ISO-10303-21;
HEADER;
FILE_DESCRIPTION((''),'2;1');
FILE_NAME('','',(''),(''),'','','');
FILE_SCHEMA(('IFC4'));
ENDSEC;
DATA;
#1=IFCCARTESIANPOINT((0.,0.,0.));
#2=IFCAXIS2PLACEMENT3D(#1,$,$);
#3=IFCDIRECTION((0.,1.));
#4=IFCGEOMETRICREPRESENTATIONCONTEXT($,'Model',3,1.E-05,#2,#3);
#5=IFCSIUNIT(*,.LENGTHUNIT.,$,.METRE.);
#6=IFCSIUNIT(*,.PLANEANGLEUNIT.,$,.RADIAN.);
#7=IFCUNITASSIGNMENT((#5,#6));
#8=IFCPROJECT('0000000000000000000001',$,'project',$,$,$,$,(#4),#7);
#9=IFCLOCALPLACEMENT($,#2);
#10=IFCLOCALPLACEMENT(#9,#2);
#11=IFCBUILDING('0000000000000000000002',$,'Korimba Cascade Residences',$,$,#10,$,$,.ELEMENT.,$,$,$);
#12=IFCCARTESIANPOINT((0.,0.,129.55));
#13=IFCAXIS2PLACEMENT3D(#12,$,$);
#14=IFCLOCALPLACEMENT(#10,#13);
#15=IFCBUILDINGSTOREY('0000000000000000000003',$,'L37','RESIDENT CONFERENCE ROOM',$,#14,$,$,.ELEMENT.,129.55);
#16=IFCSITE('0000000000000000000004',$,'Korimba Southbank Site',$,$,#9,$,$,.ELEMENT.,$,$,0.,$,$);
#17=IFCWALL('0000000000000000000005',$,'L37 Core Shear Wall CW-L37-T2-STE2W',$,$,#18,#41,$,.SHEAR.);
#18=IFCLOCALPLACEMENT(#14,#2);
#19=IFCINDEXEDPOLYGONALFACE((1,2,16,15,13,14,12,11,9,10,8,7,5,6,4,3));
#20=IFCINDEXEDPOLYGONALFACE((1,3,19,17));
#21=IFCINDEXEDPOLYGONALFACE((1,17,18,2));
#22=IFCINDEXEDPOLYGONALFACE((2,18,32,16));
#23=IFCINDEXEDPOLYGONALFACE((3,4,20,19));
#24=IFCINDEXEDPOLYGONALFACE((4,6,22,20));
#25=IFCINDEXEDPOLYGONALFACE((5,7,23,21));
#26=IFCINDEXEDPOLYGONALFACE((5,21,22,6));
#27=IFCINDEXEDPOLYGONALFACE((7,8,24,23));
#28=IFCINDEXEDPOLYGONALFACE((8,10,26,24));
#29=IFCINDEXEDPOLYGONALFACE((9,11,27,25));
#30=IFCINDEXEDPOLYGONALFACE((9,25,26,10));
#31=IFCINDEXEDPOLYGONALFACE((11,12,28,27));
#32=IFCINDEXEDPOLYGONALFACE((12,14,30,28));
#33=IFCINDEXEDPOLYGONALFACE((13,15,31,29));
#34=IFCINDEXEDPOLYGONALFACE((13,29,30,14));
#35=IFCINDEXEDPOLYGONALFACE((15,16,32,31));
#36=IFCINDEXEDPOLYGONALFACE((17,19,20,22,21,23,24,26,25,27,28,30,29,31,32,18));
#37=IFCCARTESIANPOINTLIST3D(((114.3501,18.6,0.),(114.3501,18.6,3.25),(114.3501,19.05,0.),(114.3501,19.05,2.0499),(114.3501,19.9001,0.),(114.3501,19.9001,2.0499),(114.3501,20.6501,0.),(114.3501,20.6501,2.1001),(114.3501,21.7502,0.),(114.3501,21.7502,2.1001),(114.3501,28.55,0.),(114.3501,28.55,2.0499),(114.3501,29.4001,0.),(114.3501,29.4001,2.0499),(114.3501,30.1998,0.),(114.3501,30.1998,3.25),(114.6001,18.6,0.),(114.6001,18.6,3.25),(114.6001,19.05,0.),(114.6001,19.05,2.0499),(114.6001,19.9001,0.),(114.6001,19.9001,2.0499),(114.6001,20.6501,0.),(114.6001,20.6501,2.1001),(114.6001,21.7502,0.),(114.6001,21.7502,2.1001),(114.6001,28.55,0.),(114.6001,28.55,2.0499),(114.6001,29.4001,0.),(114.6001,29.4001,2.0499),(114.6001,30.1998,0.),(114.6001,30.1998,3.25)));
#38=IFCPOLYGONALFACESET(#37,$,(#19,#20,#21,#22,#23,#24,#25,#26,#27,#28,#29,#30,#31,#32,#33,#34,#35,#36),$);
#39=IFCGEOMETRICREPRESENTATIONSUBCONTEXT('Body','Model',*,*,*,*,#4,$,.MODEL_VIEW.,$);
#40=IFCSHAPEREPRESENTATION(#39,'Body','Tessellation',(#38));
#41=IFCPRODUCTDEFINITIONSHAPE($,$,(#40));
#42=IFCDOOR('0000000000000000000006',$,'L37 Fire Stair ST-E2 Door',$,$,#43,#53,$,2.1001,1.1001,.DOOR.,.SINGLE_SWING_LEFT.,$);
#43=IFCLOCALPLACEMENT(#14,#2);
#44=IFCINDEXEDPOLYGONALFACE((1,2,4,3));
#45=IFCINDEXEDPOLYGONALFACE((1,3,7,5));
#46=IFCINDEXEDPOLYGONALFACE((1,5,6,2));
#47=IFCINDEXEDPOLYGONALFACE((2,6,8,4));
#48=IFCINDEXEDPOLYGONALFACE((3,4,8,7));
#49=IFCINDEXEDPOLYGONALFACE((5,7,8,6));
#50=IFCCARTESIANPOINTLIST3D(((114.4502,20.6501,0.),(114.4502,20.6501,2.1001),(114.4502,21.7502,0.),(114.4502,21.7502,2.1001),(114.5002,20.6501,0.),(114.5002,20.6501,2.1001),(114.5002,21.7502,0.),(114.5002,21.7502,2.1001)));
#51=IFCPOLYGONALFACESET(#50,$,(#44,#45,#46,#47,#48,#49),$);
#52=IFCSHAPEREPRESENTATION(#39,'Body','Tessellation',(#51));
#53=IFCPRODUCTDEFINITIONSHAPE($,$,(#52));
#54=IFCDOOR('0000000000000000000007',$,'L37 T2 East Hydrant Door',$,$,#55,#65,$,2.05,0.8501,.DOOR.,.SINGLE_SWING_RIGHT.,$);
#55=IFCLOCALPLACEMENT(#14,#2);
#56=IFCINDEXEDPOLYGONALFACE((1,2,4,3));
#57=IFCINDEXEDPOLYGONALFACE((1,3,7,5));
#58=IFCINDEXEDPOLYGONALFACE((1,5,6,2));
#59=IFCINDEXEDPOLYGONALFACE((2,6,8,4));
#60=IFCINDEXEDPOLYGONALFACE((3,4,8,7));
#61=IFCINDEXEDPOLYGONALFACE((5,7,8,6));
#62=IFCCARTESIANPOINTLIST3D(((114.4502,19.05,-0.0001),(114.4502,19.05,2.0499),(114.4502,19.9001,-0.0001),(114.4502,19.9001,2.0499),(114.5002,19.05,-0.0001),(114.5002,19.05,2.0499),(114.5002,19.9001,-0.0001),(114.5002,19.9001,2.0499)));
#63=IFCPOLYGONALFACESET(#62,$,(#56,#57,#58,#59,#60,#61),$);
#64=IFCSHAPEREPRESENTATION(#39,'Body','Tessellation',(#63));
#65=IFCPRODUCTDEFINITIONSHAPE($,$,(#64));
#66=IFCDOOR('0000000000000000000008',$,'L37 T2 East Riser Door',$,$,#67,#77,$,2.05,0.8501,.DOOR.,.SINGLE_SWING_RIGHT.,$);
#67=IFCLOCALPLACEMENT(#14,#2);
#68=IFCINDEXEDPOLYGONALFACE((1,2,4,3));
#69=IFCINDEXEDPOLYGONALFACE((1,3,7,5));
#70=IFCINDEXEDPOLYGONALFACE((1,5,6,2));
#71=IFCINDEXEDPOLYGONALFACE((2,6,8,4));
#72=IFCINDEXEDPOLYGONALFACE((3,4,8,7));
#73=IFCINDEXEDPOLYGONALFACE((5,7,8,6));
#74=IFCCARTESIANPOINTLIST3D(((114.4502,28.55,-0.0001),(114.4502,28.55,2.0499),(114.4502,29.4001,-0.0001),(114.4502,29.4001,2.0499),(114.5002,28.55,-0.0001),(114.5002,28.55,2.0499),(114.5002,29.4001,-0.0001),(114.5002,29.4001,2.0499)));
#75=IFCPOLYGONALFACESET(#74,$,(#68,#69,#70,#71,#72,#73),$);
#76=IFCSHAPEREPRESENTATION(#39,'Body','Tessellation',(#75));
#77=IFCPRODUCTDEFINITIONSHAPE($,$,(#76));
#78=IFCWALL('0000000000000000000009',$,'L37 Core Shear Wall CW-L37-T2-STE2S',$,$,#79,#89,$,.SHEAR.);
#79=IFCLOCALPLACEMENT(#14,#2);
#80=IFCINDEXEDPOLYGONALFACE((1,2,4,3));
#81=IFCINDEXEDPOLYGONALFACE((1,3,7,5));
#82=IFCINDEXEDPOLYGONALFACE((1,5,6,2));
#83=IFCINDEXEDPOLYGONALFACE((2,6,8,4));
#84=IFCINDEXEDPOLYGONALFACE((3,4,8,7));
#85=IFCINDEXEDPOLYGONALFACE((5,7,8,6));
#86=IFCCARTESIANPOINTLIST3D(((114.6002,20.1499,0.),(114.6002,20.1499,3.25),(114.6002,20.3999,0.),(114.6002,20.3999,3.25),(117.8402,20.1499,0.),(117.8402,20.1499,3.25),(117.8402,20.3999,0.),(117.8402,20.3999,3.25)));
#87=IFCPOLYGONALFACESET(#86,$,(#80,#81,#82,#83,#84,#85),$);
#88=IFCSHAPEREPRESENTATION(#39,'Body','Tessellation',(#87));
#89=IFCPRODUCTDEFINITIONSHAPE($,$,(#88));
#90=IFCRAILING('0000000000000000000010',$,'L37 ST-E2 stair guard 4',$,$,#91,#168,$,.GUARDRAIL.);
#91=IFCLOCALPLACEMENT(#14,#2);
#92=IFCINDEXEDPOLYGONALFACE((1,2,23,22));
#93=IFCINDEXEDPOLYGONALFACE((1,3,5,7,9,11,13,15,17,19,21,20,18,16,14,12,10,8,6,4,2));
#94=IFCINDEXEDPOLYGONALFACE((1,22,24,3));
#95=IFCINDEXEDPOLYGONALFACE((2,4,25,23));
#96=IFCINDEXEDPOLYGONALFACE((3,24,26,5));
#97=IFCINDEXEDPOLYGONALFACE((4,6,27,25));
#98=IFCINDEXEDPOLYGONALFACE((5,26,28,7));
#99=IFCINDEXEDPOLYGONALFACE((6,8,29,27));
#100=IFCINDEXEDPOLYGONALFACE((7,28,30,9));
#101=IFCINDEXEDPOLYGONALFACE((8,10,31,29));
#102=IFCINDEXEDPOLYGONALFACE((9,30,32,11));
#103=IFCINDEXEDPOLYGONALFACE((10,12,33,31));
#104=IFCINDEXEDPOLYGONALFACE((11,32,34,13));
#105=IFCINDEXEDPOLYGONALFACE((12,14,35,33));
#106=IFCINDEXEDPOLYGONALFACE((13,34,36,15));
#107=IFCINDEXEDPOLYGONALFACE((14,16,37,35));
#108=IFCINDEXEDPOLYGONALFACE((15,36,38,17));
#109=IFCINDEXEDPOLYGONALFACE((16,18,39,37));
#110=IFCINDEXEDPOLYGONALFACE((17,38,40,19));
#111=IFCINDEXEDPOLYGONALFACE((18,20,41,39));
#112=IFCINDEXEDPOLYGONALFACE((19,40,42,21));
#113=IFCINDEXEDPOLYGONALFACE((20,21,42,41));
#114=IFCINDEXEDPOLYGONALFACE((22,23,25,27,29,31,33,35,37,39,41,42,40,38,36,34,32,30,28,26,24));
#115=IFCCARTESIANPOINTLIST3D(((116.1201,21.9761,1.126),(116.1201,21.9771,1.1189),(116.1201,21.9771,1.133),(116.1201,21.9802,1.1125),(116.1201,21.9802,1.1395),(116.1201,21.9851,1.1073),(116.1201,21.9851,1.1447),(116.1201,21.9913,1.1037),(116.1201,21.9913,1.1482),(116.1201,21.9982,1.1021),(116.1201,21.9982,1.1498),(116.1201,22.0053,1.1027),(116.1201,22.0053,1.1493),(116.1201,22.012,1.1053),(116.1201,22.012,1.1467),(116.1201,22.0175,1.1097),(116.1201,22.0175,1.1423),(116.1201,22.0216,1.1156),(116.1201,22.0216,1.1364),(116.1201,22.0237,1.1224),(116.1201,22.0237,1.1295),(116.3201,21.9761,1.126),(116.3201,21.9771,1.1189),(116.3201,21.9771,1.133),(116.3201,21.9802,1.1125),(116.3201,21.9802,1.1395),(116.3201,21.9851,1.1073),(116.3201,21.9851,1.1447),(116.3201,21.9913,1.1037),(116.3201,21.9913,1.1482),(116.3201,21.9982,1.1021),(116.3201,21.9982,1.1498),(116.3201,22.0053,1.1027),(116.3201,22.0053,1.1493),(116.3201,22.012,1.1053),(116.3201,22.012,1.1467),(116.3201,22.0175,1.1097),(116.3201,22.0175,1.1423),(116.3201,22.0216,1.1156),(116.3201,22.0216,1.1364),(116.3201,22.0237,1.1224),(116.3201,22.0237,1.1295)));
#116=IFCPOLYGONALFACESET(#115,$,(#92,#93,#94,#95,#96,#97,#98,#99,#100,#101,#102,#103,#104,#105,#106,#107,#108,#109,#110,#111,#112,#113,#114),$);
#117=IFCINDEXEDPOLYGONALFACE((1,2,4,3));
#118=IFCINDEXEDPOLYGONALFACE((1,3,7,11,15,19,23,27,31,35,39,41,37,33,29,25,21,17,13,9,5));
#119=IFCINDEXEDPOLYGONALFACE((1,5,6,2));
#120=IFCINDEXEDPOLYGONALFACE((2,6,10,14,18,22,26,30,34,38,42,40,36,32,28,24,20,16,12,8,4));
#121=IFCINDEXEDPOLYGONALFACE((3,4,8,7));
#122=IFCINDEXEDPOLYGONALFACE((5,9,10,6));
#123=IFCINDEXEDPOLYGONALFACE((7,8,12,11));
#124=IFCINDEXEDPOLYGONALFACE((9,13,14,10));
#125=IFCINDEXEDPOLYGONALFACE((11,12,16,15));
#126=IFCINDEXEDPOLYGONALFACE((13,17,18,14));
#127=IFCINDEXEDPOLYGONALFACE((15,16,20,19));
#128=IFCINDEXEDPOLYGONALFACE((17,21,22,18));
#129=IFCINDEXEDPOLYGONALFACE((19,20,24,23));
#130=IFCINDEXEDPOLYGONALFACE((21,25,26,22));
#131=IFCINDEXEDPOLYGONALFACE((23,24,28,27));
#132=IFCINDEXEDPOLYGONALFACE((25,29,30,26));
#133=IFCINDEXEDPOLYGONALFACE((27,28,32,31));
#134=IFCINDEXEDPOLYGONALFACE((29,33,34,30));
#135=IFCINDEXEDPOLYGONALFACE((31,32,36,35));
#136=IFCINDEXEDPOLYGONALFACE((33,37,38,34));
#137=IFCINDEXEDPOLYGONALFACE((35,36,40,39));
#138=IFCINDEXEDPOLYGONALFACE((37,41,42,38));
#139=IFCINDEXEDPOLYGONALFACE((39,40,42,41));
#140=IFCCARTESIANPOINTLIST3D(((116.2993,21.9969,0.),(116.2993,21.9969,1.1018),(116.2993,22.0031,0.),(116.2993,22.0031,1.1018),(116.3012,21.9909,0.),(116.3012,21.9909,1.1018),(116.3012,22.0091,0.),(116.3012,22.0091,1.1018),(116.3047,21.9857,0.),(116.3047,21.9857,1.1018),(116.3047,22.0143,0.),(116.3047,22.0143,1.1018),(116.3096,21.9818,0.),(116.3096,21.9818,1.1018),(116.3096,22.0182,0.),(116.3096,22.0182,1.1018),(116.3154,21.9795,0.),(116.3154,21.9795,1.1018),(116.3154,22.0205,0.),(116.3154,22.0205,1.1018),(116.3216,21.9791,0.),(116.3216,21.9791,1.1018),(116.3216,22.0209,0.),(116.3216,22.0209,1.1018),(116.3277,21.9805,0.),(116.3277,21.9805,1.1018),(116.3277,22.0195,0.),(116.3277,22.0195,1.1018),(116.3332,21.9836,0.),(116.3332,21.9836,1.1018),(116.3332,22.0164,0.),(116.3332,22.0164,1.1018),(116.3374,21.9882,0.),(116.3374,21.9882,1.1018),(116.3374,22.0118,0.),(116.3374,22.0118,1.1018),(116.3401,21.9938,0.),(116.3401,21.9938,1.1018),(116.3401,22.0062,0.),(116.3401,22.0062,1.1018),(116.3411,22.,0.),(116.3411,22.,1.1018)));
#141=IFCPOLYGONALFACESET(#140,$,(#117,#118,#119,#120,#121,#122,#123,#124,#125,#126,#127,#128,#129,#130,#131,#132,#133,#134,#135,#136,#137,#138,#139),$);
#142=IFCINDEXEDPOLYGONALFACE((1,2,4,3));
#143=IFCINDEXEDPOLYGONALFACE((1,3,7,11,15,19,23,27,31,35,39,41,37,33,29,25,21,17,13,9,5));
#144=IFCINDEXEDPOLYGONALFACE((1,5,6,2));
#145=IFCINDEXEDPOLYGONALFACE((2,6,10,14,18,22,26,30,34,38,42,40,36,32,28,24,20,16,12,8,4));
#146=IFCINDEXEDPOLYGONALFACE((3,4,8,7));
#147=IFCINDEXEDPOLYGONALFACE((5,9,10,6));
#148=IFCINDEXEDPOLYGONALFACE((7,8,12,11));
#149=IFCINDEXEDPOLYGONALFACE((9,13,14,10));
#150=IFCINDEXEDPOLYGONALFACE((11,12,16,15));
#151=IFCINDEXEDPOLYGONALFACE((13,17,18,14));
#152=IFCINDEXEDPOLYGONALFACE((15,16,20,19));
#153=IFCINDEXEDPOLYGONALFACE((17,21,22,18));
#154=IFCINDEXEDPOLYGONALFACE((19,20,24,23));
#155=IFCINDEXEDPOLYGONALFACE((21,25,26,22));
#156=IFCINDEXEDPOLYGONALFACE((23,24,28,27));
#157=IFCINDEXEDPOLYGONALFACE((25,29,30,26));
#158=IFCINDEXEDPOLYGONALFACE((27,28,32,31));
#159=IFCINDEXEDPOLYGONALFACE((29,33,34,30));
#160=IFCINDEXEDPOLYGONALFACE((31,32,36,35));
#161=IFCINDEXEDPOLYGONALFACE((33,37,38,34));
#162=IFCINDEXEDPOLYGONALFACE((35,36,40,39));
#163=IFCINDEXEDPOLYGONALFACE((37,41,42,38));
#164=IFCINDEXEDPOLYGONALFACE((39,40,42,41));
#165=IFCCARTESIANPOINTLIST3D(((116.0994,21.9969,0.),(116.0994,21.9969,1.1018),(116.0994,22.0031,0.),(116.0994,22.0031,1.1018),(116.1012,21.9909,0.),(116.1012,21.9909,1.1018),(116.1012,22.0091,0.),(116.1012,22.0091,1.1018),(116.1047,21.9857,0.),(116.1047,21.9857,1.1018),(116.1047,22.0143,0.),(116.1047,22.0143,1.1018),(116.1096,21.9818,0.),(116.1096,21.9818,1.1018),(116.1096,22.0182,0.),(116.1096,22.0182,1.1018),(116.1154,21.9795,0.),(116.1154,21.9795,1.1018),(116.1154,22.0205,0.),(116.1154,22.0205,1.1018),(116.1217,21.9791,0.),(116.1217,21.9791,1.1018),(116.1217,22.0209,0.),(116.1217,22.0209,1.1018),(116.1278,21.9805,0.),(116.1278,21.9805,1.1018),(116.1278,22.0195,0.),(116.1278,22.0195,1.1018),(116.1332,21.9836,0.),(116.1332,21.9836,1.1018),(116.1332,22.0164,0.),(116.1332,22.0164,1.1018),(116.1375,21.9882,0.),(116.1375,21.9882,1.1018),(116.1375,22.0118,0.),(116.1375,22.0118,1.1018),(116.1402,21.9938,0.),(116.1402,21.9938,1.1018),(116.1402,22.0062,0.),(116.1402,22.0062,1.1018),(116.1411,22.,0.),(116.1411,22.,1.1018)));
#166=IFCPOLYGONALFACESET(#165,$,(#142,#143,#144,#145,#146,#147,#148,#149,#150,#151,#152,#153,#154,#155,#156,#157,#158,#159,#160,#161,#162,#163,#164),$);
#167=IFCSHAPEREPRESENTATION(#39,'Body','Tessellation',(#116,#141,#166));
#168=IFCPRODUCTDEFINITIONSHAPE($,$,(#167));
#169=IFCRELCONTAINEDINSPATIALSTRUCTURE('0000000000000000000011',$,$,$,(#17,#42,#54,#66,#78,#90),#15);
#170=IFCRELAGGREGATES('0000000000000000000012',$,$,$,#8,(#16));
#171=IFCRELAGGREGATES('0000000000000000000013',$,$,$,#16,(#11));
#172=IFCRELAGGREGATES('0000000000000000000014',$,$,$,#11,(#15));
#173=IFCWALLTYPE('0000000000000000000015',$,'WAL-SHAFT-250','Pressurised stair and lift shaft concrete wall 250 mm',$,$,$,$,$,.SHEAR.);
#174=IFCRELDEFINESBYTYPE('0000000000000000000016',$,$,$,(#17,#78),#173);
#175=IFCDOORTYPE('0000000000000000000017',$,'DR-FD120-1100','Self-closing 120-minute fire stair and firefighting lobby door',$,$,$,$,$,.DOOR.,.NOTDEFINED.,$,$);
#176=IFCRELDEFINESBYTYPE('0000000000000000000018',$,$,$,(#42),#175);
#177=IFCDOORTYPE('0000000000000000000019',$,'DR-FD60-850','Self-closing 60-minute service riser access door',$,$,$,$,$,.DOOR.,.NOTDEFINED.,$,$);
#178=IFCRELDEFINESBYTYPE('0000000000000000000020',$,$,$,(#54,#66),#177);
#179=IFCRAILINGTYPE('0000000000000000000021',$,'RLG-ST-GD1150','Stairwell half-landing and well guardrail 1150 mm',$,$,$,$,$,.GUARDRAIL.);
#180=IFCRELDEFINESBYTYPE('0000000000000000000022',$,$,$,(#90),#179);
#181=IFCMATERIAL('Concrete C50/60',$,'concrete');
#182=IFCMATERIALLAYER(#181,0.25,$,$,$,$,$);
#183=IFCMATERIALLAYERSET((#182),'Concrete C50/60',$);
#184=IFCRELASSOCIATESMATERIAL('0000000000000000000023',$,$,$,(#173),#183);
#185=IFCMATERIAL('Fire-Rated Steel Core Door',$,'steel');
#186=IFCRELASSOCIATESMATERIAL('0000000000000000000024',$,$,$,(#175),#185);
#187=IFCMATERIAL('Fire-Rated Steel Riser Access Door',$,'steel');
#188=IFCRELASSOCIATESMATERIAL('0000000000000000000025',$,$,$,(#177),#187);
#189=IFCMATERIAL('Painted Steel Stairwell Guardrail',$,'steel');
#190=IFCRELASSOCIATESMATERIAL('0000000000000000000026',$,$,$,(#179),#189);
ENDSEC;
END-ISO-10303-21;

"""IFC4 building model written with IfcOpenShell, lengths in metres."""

from ifc_helpers import new_model, si_unit, direction, frame, frame_2d, origin, origin_2d, place, context, subcontext, project, spatial, rectangle, circle, extrude, material, layer, layer_set, type_object, element, fill, save


model = new_model("IFC4")

# Units and contexts
model_context = context("Model", 3, precision=1e-05, world=origin(), true_north=direction((0.0, 1.0)))
body_context = subcontext(model_context, "Body", "Model", "MODEL_VIEW")
ifc_project = project(units=[si_unit("LENGTHUNIT", "METRE"), si_unit("PLANEANGLEUNIT", "RADIAN")], contexts=[model_context])

# Site, building, storey
site_placement = place(None, origin())
site = spatial("IfcSite", under=ifc_project, at=site_placement, Name="Korimba Southbank Site", CompositionType="ELEMENT", RefElevation=0.0)
building_placement = place(site_placement, origin())
building = spatial("IfcBuilding", under=site, at=building_placement, Name="Korimba Cascade Residences", CompositionType="ELEMENT")
storey_placement = place(building_placement, frame((0.0, 0.0, 129.55)))
storey = spatial("IfcBuildingStorey", under=building, at=storey_placement, Name="L37", Description="RESIDENT CONFERENCE ROOM", CompositionType="ELEMENT", Elevation=129.55)

# Wall, openings, doors
ifc_material_1 = material(Name="Concrete C50/60", Category="concrete")
ifc_layer_1 = layer(ifc_material_1, 0.25)
ifc_layer_set_1 = layer_set([ifc_layer_1], Name="Concrete C50/60")
wall_type_1 = type_object("IfcWallType", Name="WAL-SHAFT-250", Description="Pressurised stair and lift shaft concrete wall 250 mm", PredefinedType="SHEAR", material=ifc_layer_set_1)
wall_1_placement = place(storey_placement, frame((114.4751, 18.6001, 0.0), z_axis=(0.0, 0.0, 1.0), x_axis=(0.0, 1.0, 0.0)))
wall_1 = element("IfcWall", 1, at=wall_1_placement, inside=storey, type_object=wall_type_1, Name="L37 Core Shear Wall CW-L37-T2-STE2W", PredefinedType="SHEAR", context=body_context, shape_type="SweptSolid", body=[
    extrude(rectangle(XDim=11.5999, YDim=0.25, at=frame_2d((5.7998, 0.0))), origin(), (0.0, 0.0, 1.0), 3.25),
])
opening_1_placement = place(wall_1_placement, frame((0.45, 0.0, 0.0)))
opening_1 = element("IfcOpeningElement", 2, at=opening_1_placement, cuts=wall_1, PredefinedType="OPENING", context=body_context, shape_type="SweptSolid", body=[
    extrude(rectangle(XDim=0.8501, YDim=2.05, at=frame_2d((0.425, 1.0249))), frame((0.0, 0.135, 0.0), z_axis=(0.0, -1.0, 0.0), x_axis=(1.0, 0.0, 0.0)), (0.0, 0.0, 1.0), 0.27),
])
opening_2_placement = place(wall_1_placement, frame((2.05, 0.0, 0.0)))
opening_2 = element("IfcOpeningElement", 3, at=opening_2_placement, cuts=wall_1, PredefinedType="OPENING", context=body_context, shape_type="SweptSolid", body=[
    extrude(rectangle(XDim=1.1001, YDim=2.1001, at=frame_2d((0.55, 1.05))), frame((0.0, 0.135, 0.0), z_axis=(0.0, -1.0, 0.0), x_axis=(1.0, 0.0, 0.0)), (0.0, 0.0, 1.0), 0.27),
])
opening_3_placement = place(wall_1_placement, frame((9.95, 0.0, 0.0)))
opening_3 = element("IfcOpeningElement", 4, at=opening_3_placement, cuts=wall_1, PredefinedType="OPENING", context=body_context, shape_type="SweptSolid", body=[
    extrude(rectangle(XDim=0.8501, YDim=2.05, at=frame_2d((0.425, 1.0249))), frame((0.0, 0.135, 0.0), z_axis=(0.0, -1.0, 0.0), x_axis=(1.0, 0.0, 0.0)), (0.0, 0.0, 1.0), 0.27),
])
ifc_material_2 = material(Name="Fire-Rated Steel Core Door", Category="steel")
door_type_1 = type_object("IfcDoorType", Name="DR-FD120-1100", Description="Self-closing 120-minute fire stair and firefighting lobby door", OperationType="NOTDEFINED", PredefinedType="DOOR", material=ifc_material_2)
door_1_placement = place(opening_2_placement, origin())
door_1 = element("IfcDoor", 5, at=door_1_placement, inside=storey, type_object=door_type_1, Name="L37 Fire Stair ST-E2 Door", OperationType="SINGLE_SWING_LEFT", OverallHeight=2.1001, OverallWidth=1.1001, PredefinedType="DOOR", context=body_context, shape_type="SweptSolid", body=[
    extrude(rectangle(XDim=1.1001, YDim=2.1001, at=frame_2d((0.55, 1.05))), frame((0.0, 0.0249, 0.0), z_axis=(0.0, -1.0, 0.0), x_axis=(1.0, 0.0, 0.0)), (0.0, 0.0, 1.0), 0.05),
])
fill(opening_2, door_1)
ifc_material_3 = material(Name="Fire-Rated Steel Riser Access Door", Category="steel")
door_type_2 = type_object("IfcDoorType", Name="DR-FD60-850", Description="Self-closing 60-minute service riser access door", OperationType="NOTDEFINED", PredefinedType="DOOR", material=ifc_material_3)
door_2_placement = place(opening_1_placement, origin())
door_2 = element("IfcDoor", 6, at=door_2_placement, inside=storey, type_object=door_type_2, Name="L37 T2 East Hydrant Door", OperationType="SINGLE_SWING_RIGHT", OverallHeight=2.05, OverallWidth=0.8501, PredefinedType="DOOR", context=body_context, shape_type="SweptSolid", body=[
    extrude(rectangle(XDim=0.8501, YDim=2.05, at=frame_2d((0.425, 1.0249))), frame((0.0, 0.0249, 0.0), z_axis=(0.0, -1.0, 0.0), x_axis=(1.0, 0.0, 0.0)), (0.0, 0.0, 1.0), 0.05),
])
fill(opening_1, door_2)
door_3_placement = place(opening_3_placement, origin())
door_3 = element("IfcDoor", 7, at=door_3_placement, inside=storey, type_object=door_type_2, Name="L37 T2 East Riser Door", OperationType="SINGLE_SWING_RIGHT", OverallHeight=2.05, OverallWidth=0.8501, PredefinedType="DOOR", context=body_context, shape_type="SweptSolid", body=[
    extrude(rectangle(XDim=0.8501, YDim=2.05, at=frame_2d((0.425, 1.0249))), frame((0.0, 0.0249, 0.0), z_axis=(0.0, -1.0, 0.0), x_axis=(1.0, 0.0, 0.0)), (0.0, 0.0, 1.0), 0.05),
])
fill(opening_3, door_3)

# Wall
wall_2_placement = place(storey_placement, frame((114.6001, 20.2749, 0.0), z_axis=(0.0, 0.0, 1.0), x_axis=(1.0, 0.0, 0.0)))
element("IfcWall", 8, at=wall_2_placement, inside=storey, type_object=wall_type_1, Name="L37 Core Shear Wall CW-L37-T2-STE2S", PredefinedType="SHEAR", context=body_context, shape_type="SweptSolid", body=[
    extrude(rectangle(XDim=3.24, YDim=0.25, at=frame_2d((1.6201, 0.0))), origin(), (0.0, 0.0, 1.0), 3.25),
])

# Railing
ifc_material_4 = material(Name="Painted Steel Stairwell Guardrail", Category="steel")
railing_type = type_object("IfcRailingType", Name="RLG-ST-GD1150", Description="Stairwell half-landing and well guardrail 1150 mm", PredefinedType="GUARDRAIL", material=ifc_material_4)
railing_placement = place(storey_placement, frame((116.3201, 22.0, 0.0)))
element("IfcRailing", 9, at=railing_placement, inside=storey, type_object=railing_type, Name="L37 ST-E2 stair guard 4", PredefinedType="GUARDRAIL", context=body_context, shape_type="SweptSolid", body=[
    extrude(circle(Radius=0.0239, at=origin_2d()), frame((0.0, 0.0, 1.126), z_axis=(-1.0, 0.0, 0.0), x_axis=(0.0, -1.0, 0.0)), (0.0, 0.0, 1.0), 0.2),
    extrude(circle(Radius=0.021, at=origin_2d()), origin(), (0.0, 0.0, 1.0), 1.1018),
    extrude(circle(Radius=0.021, at=origin_2d()), frame((-0.2, 0.0, 0.0)), (0.0, 0.0, 1.0), 1.1018),
])

save(model, "model.ifc")
